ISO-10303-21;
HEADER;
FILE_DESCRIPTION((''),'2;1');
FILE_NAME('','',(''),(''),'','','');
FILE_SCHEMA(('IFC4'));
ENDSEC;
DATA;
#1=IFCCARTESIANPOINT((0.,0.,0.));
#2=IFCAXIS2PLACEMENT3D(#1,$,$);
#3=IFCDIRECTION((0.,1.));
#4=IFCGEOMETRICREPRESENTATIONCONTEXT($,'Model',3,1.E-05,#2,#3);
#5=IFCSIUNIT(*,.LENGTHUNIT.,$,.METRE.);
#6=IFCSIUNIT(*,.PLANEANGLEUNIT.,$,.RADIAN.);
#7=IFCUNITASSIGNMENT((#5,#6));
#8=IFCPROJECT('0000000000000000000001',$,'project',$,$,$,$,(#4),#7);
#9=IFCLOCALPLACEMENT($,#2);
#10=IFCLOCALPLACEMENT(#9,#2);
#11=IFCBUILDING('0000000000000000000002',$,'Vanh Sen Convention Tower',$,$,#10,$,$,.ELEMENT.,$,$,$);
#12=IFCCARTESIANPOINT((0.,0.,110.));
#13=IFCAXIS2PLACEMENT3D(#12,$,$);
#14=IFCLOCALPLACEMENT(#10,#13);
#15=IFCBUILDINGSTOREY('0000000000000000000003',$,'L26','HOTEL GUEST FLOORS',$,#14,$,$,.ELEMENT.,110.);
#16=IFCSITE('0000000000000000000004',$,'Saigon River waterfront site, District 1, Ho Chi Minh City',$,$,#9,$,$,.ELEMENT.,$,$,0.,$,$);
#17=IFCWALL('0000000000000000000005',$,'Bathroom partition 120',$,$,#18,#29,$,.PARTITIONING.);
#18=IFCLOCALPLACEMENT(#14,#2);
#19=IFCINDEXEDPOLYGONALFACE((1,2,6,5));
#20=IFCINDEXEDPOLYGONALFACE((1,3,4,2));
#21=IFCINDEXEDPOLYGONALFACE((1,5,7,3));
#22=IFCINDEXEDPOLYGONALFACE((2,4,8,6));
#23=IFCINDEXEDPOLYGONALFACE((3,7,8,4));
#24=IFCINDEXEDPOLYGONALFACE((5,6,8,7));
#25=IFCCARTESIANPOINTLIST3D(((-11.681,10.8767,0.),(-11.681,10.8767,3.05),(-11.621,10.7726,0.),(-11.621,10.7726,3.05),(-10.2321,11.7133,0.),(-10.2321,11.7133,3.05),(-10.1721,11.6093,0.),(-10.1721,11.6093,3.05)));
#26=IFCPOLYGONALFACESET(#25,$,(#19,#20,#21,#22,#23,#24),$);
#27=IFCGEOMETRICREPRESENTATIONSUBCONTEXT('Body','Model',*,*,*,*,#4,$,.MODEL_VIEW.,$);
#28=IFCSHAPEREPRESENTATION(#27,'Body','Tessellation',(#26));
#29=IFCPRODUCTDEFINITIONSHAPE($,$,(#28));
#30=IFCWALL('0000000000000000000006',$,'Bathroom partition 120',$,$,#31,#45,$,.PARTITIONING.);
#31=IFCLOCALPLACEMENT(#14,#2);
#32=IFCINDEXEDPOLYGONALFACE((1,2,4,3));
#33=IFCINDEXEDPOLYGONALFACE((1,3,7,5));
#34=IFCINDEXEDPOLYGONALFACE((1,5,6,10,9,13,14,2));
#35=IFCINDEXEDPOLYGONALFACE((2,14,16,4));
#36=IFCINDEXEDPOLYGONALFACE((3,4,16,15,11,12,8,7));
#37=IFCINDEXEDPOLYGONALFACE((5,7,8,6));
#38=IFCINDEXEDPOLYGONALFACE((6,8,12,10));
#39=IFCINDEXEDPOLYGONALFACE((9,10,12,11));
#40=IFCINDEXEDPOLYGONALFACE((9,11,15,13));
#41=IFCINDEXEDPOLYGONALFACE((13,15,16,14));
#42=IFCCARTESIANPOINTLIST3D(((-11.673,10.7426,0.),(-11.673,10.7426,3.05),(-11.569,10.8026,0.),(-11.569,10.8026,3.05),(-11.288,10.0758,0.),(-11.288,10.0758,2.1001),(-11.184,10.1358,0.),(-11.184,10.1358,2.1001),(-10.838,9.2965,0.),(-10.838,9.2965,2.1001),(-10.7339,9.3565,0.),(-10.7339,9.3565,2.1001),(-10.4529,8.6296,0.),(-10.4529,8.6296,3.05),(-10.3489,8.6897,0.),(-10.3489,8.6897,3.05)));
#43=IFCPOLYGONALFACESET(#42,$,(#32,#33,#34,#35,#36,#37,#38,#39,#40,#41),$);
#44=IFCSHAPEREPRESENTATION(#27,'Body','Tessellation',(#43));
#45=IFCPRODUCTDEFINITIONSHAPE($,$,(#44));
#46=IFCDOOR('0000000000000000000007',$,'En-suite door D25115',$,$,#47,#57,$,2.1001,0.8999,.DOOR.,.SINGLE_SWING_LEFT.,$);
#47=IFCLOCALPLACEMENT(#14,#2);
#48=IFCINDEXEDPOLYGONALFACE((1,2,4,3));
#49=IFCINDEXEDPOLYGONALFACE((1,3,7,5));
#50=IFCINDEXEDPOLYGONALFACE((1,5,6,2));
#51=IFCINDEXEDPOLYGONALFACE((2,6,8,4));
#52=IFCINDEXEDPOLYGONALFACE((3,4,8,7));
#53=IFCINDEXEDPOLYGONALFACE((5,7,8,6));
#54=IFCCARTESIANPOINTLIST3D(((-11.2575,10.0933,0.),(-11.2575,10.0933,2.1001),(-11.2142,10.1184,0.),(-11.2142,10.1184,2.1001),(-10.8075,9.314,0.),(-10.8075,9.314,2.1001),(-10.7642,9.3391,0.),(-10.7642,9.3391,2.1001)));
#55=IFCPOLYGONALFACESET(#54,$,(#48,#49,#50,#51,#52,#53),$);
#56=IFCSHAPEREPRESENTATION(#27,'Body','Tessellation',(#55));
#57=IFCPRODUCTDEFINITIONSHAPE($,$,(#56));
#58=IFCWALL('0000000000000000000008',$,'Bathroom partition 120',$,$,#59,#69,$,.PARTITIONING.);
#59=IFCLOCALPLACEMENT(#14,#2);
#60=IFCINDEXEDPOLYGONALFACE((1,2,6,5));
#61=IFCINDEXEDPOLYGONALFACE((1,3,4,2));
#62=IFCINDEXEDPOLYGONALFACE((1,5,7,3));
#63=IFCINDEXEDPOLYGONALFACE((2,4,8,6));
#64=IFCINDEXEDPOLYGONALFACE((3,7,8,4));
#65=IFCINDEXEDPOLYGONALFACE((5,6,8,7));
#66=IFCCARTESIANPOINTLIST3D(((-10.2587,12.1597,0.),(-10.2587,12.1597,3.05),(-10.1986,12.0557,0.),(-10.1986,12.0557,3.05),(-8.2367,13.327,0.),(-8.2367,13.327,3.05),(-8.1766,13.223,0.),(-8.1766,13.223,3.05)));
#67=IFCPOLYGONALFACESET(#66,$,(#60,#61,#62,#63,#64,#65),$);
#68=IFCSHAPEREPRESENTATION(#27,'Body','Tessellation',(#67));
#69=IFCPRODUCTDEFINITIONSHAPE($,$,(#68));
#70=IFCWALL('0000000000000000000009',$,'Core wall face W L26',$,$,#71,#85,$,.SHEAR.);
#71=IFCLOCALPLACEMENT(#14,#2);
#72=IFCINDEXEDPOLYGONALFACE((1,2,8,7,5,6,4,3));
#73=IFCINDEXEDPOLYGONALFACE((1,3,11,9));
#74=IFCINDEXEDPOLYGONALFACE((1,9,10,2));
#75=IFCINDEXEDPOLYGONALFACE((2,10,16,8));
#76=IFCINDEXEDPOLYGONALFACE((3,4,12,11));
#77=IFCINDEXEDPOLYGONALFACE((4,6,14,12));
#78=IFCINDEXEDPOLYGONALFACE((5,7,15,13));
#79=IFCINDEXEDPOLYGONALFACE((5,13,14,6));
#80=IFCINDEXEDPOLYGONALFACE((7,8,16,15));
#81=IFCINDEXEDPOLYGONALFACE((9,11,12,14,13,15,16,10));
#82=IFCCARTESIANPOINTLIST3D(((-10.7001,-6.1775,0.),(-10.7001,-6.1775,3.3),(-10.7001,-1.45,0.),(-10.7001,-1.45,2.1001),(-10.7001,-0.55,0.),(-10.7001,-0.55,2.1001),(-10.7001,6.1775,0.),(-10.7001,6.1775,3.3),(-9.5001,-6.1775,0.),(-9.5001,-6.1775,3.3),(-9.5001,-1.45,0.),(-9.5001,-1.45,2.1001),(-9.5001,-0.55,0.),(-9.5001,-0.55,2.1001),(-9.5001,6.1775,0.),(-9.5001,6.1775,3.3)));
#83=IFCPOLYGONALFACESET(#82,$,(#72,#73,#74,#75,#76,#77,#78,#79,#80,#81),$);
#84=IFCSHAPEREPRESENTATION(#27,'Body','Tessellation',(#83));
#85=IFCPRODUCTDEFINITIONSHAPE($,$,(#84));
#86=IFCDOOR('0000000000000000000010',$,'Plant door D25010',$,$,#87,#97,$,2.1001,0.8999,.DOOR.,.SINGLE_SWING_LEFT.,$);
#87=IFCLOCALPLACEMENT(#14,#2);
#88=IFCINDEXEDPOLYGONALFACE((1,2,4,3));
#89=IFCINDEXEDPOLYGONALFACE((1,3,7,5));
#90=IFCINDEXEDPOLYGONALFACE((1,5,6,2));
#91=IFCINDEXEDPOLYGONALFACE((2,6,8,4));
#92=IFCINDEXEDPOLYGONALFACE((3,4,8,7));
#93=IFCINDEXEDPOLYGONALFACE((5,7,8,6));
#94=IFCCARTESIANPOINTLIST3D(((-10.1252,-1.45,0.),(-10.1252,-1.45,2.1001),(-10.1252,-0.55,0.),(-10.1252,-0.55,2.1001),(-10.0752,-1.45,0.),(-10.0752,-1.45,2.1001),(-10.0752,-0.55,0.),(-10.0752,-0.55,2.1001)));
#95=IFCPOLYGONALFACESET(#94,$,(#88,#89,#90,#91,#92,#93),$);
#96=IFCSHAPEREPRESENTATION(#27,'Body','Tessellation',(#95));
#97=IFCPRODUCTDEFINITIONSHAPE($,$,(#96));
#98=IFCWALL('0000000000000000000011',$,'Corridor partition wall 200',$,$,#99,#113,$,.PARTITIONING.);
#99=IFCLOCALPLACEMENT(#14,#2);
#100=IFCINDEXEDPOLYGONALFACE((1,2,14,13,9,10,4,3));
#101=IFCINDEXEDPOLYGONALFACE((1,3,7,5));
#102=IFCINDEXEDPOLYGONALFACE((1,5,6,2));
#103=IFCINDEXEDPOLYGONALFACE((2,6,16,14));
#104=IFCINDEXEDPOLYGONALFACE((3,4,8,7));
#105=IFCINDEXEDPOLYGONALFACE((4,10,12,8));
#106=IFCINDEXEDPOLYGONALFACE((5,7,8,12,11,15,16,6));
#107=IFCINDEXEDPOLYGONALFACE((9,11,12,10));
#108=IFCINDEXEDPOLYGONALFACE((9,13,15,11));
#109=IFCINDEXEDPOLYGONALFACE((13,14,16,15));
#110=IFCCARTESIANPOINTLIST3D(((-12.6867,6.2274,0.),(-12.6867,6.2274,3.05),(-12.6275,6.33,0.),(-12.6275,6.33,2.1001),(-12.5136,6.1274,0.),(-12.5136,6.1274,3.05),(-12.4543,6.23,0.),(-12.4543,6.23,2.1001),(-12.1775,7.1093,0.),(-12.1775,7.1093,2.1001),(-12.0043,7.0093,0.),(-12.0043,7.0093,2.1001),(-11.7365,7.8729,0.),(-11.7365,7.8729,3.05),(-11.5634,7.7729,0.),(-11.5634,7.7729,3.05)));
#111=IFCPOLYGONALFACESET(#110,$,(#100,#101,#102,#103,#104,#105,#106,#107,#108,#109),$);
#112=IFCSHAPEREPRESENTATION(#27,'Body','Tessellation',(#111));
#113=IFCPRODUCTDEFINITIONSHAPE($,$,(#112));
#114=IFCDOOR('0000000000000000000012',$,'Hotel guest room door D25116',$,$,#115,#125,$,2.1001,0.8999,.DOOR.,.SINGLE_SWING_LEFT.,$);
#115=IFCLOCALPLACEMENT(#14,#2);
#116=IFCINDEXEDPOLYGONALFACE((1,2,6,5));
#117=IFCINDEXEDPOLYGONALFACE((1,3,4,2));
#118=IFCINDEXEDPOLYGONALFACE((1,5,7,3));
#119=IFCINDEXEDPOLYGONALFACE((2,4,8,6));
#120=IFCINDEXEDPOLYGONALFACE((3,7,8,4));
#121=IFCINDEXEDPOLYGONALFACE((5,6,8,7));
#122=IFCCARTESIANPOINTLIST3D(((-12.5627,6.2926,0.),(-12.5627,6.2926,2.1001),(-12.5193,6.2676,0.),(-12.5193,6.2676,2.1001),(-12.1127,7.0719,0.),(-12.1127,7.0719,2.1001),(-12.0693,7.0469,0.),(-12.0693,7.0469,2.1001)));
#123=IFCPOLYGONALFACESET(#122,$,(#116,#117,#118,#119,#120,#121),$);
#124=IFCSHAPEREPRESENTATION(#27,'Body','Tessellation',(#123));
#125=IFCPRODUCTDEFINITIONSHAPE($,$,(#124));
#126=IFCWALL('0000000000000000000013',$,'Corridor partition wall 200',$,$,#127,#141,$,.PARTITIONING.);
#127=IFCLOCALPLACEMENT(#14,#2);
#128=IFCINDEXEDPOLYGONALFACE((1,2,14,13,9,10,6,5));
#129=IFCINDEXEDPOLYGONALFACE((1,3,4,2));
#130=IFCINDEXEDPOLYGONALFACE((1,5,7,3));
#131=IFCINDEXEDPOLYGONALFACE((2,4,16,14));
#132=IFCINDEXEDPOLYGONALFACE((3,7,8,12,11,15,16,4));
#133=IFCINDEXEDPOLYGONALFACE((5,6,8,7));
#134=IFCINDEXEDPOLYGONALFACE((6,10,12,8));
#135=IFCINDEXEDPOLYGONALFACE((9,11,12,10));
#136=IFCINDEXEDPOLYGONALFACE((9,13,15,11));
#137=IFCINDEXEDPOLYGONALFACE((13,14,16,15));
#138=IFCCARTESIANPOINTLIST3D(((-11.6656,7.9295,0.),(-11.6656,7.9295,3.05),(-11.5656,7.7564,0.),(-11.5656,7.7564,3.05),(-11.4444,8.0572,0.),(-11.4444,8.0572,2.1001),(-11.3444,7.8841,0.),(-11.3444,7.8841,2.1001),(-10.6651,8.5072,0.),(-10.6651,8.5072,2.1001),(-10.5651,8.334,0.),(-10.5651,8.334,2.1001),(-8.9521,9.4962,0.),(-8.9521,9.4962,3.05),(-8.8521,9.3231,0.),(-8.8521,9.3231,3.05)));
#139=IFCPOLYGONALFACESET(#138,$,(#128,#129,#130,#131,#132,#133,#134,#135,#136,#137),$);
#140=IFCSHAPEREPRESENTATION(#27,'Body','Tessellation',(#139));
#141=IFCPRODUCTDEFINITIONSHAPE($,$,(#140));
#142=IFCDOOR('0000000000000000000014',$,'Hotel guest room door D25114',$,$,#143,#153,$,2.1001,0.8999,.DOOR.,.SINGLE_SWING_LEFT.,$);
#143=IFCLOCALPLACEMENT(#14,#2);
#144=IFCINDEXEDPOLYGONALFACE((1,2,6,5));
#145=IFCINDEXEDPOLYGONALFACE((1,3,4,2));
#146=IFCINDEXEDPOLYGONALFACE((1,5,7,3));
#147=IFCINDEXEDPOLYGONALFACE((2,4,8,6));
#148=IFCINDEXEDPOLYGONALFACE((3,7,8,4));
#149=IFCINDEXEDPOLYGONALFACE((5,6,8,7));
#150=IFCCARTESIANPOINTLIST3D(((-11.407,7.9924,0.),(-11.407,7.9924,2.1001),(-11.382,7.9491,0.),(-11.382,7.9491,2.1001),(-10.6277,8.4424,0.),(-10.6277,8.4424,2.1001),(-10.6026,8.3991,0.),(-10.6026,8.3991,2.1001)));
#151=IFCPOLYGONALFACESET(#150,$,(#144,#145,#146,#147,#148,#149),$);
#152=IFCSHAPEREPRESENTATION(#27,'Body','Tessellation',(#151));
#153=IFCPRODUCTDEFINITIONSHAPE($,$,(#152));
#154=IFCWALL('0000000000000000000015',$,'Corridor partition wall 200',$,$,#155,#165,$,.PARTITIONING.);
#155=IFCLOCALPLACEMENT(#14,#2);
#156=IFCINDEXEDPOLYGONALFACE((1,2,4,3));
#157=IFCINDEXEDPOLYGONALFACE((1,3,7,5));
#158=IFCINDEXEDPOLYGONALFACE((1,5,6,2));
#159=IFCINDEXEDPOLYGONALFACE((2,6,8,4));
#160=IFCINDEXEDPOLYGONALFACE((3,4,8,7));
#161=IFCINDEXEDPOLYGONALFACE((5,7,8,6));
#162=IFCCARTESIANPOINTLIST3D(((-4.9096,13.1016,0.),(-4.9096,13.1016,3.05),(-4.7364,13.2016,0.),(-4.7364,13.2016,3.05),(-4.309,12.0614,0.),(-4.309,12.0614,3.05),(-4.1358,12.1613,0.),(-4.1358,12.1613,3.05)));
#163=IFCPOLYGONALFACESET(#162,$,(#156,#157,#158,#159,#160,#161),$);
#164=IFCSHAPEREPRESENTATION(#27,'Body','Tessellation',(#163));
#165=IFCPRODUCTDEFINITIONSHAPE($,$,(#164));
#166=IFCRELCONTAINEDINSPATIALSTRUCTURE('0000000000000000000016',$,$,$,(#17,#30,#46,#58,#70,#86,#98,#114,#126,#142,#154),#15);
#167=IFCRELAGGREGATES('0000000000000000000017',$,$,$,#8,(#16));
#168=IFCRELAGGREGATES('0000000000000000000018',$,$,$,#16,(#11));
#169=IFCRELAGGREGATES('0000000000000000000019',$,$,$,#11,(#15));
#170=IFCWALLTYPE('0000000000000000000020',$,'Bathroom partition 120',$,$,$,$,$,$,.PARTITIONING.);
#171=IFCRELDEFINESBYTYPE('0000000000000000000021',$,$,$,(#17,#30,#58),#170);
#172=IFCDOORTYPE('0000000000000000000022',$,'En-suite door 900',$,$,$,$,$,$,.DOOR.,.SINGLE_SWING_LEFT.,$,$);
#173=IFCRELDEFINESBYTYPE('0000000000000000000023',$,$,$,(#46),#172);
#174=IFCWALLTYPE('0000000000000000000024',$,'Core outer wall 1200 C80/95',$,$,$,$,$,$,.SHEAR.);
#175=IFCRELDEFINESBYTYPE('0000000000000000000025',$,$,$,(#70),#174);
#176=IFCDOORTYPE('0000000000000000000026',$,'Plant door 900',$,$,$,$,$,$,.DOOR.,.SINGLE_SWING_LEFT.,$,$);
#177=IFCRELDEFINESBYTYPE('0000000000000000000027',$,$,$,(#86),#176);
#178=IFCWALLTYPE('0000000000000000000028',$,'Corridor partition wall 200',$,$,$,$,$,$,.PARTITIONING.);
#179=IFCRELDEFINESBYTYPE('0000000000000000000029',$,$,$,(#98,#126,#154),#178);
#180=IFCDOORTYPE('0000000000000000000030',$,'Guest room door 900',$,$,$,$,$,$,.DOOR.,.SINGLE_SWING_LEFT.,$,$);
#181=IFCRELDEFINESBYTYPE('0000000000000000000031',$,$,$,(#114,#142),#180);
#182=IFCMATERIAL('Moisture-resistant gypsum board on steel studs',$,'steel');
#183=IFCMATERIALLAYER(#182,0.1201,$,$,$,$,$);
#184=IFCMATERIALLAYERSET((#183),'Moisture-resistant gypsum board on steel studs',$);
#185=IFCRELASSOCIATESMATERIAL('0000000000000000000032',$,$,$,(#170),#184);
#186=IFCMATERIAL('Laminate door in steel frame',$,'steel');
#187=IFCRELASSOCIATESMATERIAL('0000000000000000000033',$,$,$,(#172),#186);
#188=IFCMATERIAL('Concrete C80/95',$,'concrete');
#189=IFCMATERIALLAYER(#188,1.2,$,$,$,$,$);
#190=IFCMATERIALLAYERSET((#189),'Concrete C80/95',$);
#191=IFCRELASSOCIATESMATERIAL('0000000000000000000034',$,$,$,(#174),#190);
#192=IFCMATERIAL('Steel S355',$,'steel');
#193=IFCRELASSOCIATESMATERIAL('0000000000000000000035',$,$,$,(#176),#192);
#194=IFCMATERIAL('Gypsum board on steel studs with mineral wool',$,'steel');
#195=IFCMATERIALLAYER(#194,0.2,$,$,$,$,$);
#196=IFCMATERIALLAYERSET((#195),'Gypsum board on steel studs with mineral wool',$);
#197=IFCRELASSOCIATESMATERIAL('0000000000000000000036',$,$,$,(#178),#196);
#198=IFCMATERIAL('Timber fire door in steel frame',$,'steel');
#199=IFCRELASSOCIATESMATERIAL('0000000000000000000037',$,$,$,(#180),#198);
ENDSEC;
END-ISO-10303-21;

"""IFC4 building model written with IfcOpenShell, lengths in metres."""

from ifc_helpers import new_model, si_unit, direction, frame, frame_2d, origin, place, context, subcontext, project, spatial, rectangle, extrude, material, layer, layer_set, type_object, element, fill, save


model = new_model("IFC4")

# Units and contexts
model_context = context("Model", 3, precision=1e-05, world=origin(), true_north=direction((0.0, 1.0)))
body_context = subcontext(model_context, "Body", "Model", "MODEL_VIEW")
ifc_project = project(units=[si_unit("LENGTHUNIT", "METRE"), si_unit("PLANEANGLEUNIT", "RADIAN")], contexts=[model_context])

# Site, building, storey
site_placement = place(None, origin())
site = spatial("IfcSite", under=ifc_project, at=site_placement, Name="Saigon River waterfront site, District 1, Ho Chi Minh City", CompositionType="ELEMENT", RefElevation=0.0)
building_placement = place(site_placement, origin())
building = spatial("IfcBuilding", under=site, at=building_placement, Name="Vanh Sen Convention Tower", CompositionType="ELEMENT")
storey_placement = place(building_placement, frame((0.0, 0.0, 110.0)))
storey = spatial("IfcBuildingStorey", under=building, at=storey_placement, Name="L26", Description="HOTEL GUEST FLOORS", CompositionType="ELEMENT", Elevation=110.0)

# Wall
ifc_material_1 = material(Name="Moisture-resistant gypsum board on steel studs", Category="steel")
ifc_layer_1 = layer(ifc_material_1, 0.1201)
ifc_layer_set_1 = layer_set([ifc_layer_1], Name="Moisture-resistant gypsum board on steel studs")
wall_type_1 = type_object("IfcWallType", Name="Bathroom partition 120", PredefinedType="PARTITIONING", material=ifc_layer_set_1)
wall_1_placement = place(storey_placement, frame((-11.6509, 10.8247, 0.0), z_axis=(0.0, 0.0, 1.0), x_axis=(0.865998, 0.500047, 0.0)))
element("IfcWall", 1, at=wall_1_placement, inside=storey, type_object=wall_type_1, Name="Bathroom partition 120", PredefinedType="PARTITIONING", context=body_context, shape_type="SweptSolid", body=[
    extrude(rectangle(XDim=1.6731, YDim=0.1201, at=frame_2d((0.8364, 0.0))), origin(), (0.0, 0.0, 1.0), 3.05),
])

# Wall, opening, door
wall_2_placement = place(storey_placement, frame((-10.4009, 8.6597, 0.0), z_axis=(0.0, 0.0, 1.0), x_axis=(-0.500078, 0.865981, 0.0)))
wall_2 = element("IfcWall", 2, at=wall_2_placement, inside=storey, type_object=wall_type_1, Name="Bathroom partition 120", PredefinedType="PARTITIONING", context=body_context, shape_type="SweptSolid", body=[
    extrude(rectangle(XDim=2.4399, YDim=0.1201, at=frame_2d((1.22, 0.0))), origin(), (0.0, 0.0, 1.0), 3.05),
])
opening_1_placement = place(wall_2_placement, frame((0.77, 0.0, 0.0)))
opening_1 = element("IfcOpeningElement", 3, at=opening_1_placement, cuts=wall_2, PredefinedType="OPENING", context=body_context, shape_type="SweptSolid", body=[
    extrude(rectangle(XDim=0.8999, YDim=2.1001, at=frame_2d((0.45, 1.05))), frame((0.0, 0.0701, 0.0), z_axis=(0.0, -1.0, 0.0), x_axis=(1.0, 0.0, 0.0)), (0.0, 0.0, 1.0), 0.1401),
])
ifc_material_2 = material(Name="Laminate door in steel frame", Category="steel")
door_type_1 = type_object("IfcDoorType", Name="En-suite door 900", OperationType="SINGLE_SWING_LEFT", PredefinedType="DOOR", material=ifc_material_2)
door_1_placement = place(opening_1_placement, origin())
door_1 = element("IfcDoor", 4, at=door_1_placement, inside=storey, type_object=door_type_1, Name="En-suite door D25115", OperationType="SINGLE_SWING_LEFT", OverallHeight=2.1001, OverallWidth=0.8999, PredefinedType="DOOR", context=body_context, shape_type="SweptSolid", body=[
    extrude(rectangle(XDim=0.8999, YDim=2.1001, at=frame_2d((0.45, 1.05))), frame((0.0, 0.0249, 0.0), z_axis=(0.0, -1.0, 0.0), x_axis=(1.0, 0.0, 0.0)), (0.0, 0.0, 1.0), 0.05),
])
fill(opening_1, door_1)

# Wall
wall_3_placement = place(storey_placement, frame((-10.2288, 12.1077, 0.0), z_axis=(0.0, 0.0, 1.0), x_axis=(0.866053, 0.499952, 0.0)))
element("IfcWall", 5, at=wall_3_placement, inside=storey, type_object=wall_type_1, Name="Bathroom partition 120", PredefinedType="PARTITIONING", context=body_context, shape_type="SweptSolid", body=[
    extrude(rectangle(XDim=2.3347, YDim=0.1201, at=frame_2d((1.1675, 0.0))), origin(), (0.0, 0.0, 1.0), 3.05),
])

# Walls, openings, doors
ifc_material_3 = material(Name="Concrete C80/95", Category="concrete")
ifc_layer_2 = layer(ifc_material_3, 1.2)
ifc_layer_set_2 = layer_set([ifc_layer_2], Name="Concrete C80/95")
wall_type_2 = type_object("IfcWallType", Name="Core outer wall 1200 C80/95", PredefinedType="SHEAR", material=ifc_layer_set_2)
wall_4_placement = place(storey_placement, frame((-10.1001, 6.1775, 0.0), z_axis=(0.0, 0.0, 1.0), x_axis=(0.0, -1.0, 0.0)))
wall_4 = element("IfcWall", 6, at=wall_4_placement, inside=storey, type_object=wall_type_2, Name="Core wall face W L26", PredefinedType="SHEAR", context=body_context, shape_type="SweptSolid", body=[
    extrude(rectangle(XDim=12.355, YDim=1.2, at=frame_2d((6.1775, 0.0))), origin(), (0.0, 0.0, 1.0), 3.3),
])
opening_2_placement = place(wall_4_placement, frame((6.7275, 0.0, 0.0)))
opening_2 = element("IfcOpeningElement", 7, at=opening_2_placement, cuts=wall_4, PredefinedType="OPENING", context=body_context, shape_type="SweptSolid", body=[
    extrude(rectangle(XDim=0.8999, YDim=2.1001, at=frame_2d((0.45, 1.05))), frame((0.0, 0.6099, 0.0), z_axis=(0.0, -1.0, 0.0), x_axis=(1.0, 0.0, 0.0)), (0.0, 0.0, 1.0), 1.22),
])
ifc_material_4 = material(Name="Steel S355", Category="steel")
door_type_2 = type_object("IfcDoorType", Name="Plant door 900", OperationType="SINGLE_SWING_LEFT", PredefinedType="DOOR", material=ifc_material_4)
door_2_placement = place(opening_2_placement, origin())
door_2 = element("IfcDoor", 8, at=door_2_placement, inside=storey, type_object=door_type_2, Name="Plant door D25010", OperationType="SINGLE_SWING_LEFT", OverallHeight=2.1001, OverallWidth=0.8999, PredefinedType="DOOR", context=body_context, shape_type="SweptSolid", body=[
    extrude(rectangle(XDim=0.8999, YDim=2.1001, at=frame_2d((0.45, 1.05))), frame((0.0, 0.0249, 0.0), z_axis=(0.0, -1.0, 0.0), x_axis=(1.0, 0.0, 0.0)), (0.0, 0.0, 1.0), 0.05),
])
fill(opening_2, door_2)
ifc_material_5 = material(Name="Gypsum board on steel studs with mineral wool", Category="steel")
ifc_layer_3 = layer(ifc_material_5, 0.2)
ifc_layer_set_3 = layer_set([ifc_layer_3], Name="Gypsum board on steel studs with mineral wool")
wall_type_3 = type_object("IfcWallType", Name="Corridor partition wall 200", PredefinedType="PARTITIONING", material=ifc_layer_set_3)
wall_5_placement = place(storey_placement, frame((-11.6499, 7.823, 0.0), z_axis=(0.0, 0.0, 1.0), x_axis=(-0.500064, -0.865989, 0.0)))
wall_5 = element("IfcWall", 9, at=wall_5_placement, inside=storey, type_object=wall_type_3, Name="Corridor partition wall 200", PredefinedType="PARTITIONING", context=body_context, shape_type="SweptSolid", body=[
    extrude(rectangle(XDim=1.9001, YDim=0.2, at=frame_2d((0.9502, 0.0))), origin(), (0.0, 0.0, 1.0), 3.05),
])
opening_3_placement = place(wall_5_placement, frame((0.8818, 0.0, 0.0)))
opening_3 = element("IfcOpeningElement", 10, at=opening_3_placement, cuts=wall_5, PredefinedType="OPENING", context=body_context, shape_type="SweptSolid", body=[
    extrude(rectangle(XDim=0.8999, YDim=2.1001, at=frame_2d((0.45, 1.05))), frame((0.0, 0.1099, 0.0), z_axis=(0.0, -1.0, 0.0), x_axis=(1.0, 0.0, 0.0)), (0.0, 0.0, 1.0), 0.22),
])
ifc_material_6 = material(Name="Timber fire door in steel frame", Category="steel")
door_type_3 = type_object("IfcDoorType", Name="Guest room door 900", OperationType="SINGLE_SWING_LEFT", PredefinedType="DOOR", material=ifc_material_6)
door_3_placement = place(opening_3_placement, origin())
door_3 = element("IfcDoor", 11, at=door_3_placement, inside=storey, type_object=door_type_3, Name="Hotel guest room door D25116", OperationType="SINGLE_SWING_LEFT", OverallHeight=2.1001, OverallWidth=0.8999, PredefinedType="DOOR", context=body_context, shape_type="SweptSolid", body=[
    extrude(rectangle(XDim=0.8999, YDim=2.1001, at=frame_2d((0.45, 1.05))), frame((0.0, 0.0249, 0.0), z_axis=(0.0, -1.0, 0.0), x_axis=(1.0, 0.0, 0.0)), (0.0, 0.0, 1.0), 0.05),
])
fill(opening_3, door_3)
wall_6_placement = place(storey_placement, frame((-8.9021, 9.4097, 0.0), z_axis=(0.0, 0.0, 1.0), x_axis=(-0.866014, -0.500019, 0.0)))
wall_6 = element("IfcWall", 12, at=wall_6_placement, inside=storey, type_object=wall_type_3, Name="Corridor partition wall 200", PredefinedType="PARTITIONING", context=body_context, shape_type="SweptSolid", body=[
    extrude(rectangle(XDim=3.1333, YDim=0.2, at=frame_2d((1.5667, 0.0))), origin(), (0.0, 0.0, 1.0), 3.05),
])
opening_4_placement = place(wall_6_placement, frame((1.978, 0.0, 0.0)))
opening_4 = element("IfcOpeningElement", 13, at=opening_4_placement, cuts=wall_6, PredefinedType="OPENING", context=body_context, shape_type="SweptSolid", body=[
    extrude(rectangle(XDim=0.8999, YDim=2.1001, at=frame_2d((0.45, 1.05))), frame((0.0, 0.1099, 0.0), z_axis=(0.0, -1.0, 0.0), x_axis=(1.0, 0.0, 0.0)), (0.0, 0.0, 1.0), 0.22),
])
door_4_placement = place(opening_4_placement, origin())
door_4 = element("IfcDoor", 14, at=door_4_placement, inside=storey, type_object=door_type_3, Name="Hotel guest room door D25114", OperationType="SINGLE_SWING_LEFT", OverallHeight=2.1001, OverallWidth=0.8999, PredefinedType="DOOR", context=body_context, shape_type="SweptSolid", body=[
    extrude(rectangle(XDim=0.8999, YDim=2.1001, at=frame_2d((0.45, 1.05))), frame((0.0, 0.0249, 0.0), z_axis=(0.0, -1.0, 0.0), x_axis=(1.0, 0.0, 0.0)), (0.0, 0.0, 1.0), 0.05),
])
fill(opening_4, door_4)

# Wall
wall_7_placement = place(storey_placement, frame((-4.823, 13.1516, 0.0), z_axis=(0.0, 0.0, 1.0), x_axis=(0.499986, -0.866033, 0.0)))
element("IfcWall", 15, at=wall_7_placement, inside=storey, type_object=wall_type_3, Name="Corridor partition wall 200", PredefinedType="PARTITIONING", context=body_context, shape_type="SweptSolid", body=[
    extrude(rectangle(XDim=1.2012, YDim=0.2, at=frame_2d((0.6006, 0.0))), origin(), (0.0, 0.0, 1.0), 3.05),
])

save(model, "model.ifc")
